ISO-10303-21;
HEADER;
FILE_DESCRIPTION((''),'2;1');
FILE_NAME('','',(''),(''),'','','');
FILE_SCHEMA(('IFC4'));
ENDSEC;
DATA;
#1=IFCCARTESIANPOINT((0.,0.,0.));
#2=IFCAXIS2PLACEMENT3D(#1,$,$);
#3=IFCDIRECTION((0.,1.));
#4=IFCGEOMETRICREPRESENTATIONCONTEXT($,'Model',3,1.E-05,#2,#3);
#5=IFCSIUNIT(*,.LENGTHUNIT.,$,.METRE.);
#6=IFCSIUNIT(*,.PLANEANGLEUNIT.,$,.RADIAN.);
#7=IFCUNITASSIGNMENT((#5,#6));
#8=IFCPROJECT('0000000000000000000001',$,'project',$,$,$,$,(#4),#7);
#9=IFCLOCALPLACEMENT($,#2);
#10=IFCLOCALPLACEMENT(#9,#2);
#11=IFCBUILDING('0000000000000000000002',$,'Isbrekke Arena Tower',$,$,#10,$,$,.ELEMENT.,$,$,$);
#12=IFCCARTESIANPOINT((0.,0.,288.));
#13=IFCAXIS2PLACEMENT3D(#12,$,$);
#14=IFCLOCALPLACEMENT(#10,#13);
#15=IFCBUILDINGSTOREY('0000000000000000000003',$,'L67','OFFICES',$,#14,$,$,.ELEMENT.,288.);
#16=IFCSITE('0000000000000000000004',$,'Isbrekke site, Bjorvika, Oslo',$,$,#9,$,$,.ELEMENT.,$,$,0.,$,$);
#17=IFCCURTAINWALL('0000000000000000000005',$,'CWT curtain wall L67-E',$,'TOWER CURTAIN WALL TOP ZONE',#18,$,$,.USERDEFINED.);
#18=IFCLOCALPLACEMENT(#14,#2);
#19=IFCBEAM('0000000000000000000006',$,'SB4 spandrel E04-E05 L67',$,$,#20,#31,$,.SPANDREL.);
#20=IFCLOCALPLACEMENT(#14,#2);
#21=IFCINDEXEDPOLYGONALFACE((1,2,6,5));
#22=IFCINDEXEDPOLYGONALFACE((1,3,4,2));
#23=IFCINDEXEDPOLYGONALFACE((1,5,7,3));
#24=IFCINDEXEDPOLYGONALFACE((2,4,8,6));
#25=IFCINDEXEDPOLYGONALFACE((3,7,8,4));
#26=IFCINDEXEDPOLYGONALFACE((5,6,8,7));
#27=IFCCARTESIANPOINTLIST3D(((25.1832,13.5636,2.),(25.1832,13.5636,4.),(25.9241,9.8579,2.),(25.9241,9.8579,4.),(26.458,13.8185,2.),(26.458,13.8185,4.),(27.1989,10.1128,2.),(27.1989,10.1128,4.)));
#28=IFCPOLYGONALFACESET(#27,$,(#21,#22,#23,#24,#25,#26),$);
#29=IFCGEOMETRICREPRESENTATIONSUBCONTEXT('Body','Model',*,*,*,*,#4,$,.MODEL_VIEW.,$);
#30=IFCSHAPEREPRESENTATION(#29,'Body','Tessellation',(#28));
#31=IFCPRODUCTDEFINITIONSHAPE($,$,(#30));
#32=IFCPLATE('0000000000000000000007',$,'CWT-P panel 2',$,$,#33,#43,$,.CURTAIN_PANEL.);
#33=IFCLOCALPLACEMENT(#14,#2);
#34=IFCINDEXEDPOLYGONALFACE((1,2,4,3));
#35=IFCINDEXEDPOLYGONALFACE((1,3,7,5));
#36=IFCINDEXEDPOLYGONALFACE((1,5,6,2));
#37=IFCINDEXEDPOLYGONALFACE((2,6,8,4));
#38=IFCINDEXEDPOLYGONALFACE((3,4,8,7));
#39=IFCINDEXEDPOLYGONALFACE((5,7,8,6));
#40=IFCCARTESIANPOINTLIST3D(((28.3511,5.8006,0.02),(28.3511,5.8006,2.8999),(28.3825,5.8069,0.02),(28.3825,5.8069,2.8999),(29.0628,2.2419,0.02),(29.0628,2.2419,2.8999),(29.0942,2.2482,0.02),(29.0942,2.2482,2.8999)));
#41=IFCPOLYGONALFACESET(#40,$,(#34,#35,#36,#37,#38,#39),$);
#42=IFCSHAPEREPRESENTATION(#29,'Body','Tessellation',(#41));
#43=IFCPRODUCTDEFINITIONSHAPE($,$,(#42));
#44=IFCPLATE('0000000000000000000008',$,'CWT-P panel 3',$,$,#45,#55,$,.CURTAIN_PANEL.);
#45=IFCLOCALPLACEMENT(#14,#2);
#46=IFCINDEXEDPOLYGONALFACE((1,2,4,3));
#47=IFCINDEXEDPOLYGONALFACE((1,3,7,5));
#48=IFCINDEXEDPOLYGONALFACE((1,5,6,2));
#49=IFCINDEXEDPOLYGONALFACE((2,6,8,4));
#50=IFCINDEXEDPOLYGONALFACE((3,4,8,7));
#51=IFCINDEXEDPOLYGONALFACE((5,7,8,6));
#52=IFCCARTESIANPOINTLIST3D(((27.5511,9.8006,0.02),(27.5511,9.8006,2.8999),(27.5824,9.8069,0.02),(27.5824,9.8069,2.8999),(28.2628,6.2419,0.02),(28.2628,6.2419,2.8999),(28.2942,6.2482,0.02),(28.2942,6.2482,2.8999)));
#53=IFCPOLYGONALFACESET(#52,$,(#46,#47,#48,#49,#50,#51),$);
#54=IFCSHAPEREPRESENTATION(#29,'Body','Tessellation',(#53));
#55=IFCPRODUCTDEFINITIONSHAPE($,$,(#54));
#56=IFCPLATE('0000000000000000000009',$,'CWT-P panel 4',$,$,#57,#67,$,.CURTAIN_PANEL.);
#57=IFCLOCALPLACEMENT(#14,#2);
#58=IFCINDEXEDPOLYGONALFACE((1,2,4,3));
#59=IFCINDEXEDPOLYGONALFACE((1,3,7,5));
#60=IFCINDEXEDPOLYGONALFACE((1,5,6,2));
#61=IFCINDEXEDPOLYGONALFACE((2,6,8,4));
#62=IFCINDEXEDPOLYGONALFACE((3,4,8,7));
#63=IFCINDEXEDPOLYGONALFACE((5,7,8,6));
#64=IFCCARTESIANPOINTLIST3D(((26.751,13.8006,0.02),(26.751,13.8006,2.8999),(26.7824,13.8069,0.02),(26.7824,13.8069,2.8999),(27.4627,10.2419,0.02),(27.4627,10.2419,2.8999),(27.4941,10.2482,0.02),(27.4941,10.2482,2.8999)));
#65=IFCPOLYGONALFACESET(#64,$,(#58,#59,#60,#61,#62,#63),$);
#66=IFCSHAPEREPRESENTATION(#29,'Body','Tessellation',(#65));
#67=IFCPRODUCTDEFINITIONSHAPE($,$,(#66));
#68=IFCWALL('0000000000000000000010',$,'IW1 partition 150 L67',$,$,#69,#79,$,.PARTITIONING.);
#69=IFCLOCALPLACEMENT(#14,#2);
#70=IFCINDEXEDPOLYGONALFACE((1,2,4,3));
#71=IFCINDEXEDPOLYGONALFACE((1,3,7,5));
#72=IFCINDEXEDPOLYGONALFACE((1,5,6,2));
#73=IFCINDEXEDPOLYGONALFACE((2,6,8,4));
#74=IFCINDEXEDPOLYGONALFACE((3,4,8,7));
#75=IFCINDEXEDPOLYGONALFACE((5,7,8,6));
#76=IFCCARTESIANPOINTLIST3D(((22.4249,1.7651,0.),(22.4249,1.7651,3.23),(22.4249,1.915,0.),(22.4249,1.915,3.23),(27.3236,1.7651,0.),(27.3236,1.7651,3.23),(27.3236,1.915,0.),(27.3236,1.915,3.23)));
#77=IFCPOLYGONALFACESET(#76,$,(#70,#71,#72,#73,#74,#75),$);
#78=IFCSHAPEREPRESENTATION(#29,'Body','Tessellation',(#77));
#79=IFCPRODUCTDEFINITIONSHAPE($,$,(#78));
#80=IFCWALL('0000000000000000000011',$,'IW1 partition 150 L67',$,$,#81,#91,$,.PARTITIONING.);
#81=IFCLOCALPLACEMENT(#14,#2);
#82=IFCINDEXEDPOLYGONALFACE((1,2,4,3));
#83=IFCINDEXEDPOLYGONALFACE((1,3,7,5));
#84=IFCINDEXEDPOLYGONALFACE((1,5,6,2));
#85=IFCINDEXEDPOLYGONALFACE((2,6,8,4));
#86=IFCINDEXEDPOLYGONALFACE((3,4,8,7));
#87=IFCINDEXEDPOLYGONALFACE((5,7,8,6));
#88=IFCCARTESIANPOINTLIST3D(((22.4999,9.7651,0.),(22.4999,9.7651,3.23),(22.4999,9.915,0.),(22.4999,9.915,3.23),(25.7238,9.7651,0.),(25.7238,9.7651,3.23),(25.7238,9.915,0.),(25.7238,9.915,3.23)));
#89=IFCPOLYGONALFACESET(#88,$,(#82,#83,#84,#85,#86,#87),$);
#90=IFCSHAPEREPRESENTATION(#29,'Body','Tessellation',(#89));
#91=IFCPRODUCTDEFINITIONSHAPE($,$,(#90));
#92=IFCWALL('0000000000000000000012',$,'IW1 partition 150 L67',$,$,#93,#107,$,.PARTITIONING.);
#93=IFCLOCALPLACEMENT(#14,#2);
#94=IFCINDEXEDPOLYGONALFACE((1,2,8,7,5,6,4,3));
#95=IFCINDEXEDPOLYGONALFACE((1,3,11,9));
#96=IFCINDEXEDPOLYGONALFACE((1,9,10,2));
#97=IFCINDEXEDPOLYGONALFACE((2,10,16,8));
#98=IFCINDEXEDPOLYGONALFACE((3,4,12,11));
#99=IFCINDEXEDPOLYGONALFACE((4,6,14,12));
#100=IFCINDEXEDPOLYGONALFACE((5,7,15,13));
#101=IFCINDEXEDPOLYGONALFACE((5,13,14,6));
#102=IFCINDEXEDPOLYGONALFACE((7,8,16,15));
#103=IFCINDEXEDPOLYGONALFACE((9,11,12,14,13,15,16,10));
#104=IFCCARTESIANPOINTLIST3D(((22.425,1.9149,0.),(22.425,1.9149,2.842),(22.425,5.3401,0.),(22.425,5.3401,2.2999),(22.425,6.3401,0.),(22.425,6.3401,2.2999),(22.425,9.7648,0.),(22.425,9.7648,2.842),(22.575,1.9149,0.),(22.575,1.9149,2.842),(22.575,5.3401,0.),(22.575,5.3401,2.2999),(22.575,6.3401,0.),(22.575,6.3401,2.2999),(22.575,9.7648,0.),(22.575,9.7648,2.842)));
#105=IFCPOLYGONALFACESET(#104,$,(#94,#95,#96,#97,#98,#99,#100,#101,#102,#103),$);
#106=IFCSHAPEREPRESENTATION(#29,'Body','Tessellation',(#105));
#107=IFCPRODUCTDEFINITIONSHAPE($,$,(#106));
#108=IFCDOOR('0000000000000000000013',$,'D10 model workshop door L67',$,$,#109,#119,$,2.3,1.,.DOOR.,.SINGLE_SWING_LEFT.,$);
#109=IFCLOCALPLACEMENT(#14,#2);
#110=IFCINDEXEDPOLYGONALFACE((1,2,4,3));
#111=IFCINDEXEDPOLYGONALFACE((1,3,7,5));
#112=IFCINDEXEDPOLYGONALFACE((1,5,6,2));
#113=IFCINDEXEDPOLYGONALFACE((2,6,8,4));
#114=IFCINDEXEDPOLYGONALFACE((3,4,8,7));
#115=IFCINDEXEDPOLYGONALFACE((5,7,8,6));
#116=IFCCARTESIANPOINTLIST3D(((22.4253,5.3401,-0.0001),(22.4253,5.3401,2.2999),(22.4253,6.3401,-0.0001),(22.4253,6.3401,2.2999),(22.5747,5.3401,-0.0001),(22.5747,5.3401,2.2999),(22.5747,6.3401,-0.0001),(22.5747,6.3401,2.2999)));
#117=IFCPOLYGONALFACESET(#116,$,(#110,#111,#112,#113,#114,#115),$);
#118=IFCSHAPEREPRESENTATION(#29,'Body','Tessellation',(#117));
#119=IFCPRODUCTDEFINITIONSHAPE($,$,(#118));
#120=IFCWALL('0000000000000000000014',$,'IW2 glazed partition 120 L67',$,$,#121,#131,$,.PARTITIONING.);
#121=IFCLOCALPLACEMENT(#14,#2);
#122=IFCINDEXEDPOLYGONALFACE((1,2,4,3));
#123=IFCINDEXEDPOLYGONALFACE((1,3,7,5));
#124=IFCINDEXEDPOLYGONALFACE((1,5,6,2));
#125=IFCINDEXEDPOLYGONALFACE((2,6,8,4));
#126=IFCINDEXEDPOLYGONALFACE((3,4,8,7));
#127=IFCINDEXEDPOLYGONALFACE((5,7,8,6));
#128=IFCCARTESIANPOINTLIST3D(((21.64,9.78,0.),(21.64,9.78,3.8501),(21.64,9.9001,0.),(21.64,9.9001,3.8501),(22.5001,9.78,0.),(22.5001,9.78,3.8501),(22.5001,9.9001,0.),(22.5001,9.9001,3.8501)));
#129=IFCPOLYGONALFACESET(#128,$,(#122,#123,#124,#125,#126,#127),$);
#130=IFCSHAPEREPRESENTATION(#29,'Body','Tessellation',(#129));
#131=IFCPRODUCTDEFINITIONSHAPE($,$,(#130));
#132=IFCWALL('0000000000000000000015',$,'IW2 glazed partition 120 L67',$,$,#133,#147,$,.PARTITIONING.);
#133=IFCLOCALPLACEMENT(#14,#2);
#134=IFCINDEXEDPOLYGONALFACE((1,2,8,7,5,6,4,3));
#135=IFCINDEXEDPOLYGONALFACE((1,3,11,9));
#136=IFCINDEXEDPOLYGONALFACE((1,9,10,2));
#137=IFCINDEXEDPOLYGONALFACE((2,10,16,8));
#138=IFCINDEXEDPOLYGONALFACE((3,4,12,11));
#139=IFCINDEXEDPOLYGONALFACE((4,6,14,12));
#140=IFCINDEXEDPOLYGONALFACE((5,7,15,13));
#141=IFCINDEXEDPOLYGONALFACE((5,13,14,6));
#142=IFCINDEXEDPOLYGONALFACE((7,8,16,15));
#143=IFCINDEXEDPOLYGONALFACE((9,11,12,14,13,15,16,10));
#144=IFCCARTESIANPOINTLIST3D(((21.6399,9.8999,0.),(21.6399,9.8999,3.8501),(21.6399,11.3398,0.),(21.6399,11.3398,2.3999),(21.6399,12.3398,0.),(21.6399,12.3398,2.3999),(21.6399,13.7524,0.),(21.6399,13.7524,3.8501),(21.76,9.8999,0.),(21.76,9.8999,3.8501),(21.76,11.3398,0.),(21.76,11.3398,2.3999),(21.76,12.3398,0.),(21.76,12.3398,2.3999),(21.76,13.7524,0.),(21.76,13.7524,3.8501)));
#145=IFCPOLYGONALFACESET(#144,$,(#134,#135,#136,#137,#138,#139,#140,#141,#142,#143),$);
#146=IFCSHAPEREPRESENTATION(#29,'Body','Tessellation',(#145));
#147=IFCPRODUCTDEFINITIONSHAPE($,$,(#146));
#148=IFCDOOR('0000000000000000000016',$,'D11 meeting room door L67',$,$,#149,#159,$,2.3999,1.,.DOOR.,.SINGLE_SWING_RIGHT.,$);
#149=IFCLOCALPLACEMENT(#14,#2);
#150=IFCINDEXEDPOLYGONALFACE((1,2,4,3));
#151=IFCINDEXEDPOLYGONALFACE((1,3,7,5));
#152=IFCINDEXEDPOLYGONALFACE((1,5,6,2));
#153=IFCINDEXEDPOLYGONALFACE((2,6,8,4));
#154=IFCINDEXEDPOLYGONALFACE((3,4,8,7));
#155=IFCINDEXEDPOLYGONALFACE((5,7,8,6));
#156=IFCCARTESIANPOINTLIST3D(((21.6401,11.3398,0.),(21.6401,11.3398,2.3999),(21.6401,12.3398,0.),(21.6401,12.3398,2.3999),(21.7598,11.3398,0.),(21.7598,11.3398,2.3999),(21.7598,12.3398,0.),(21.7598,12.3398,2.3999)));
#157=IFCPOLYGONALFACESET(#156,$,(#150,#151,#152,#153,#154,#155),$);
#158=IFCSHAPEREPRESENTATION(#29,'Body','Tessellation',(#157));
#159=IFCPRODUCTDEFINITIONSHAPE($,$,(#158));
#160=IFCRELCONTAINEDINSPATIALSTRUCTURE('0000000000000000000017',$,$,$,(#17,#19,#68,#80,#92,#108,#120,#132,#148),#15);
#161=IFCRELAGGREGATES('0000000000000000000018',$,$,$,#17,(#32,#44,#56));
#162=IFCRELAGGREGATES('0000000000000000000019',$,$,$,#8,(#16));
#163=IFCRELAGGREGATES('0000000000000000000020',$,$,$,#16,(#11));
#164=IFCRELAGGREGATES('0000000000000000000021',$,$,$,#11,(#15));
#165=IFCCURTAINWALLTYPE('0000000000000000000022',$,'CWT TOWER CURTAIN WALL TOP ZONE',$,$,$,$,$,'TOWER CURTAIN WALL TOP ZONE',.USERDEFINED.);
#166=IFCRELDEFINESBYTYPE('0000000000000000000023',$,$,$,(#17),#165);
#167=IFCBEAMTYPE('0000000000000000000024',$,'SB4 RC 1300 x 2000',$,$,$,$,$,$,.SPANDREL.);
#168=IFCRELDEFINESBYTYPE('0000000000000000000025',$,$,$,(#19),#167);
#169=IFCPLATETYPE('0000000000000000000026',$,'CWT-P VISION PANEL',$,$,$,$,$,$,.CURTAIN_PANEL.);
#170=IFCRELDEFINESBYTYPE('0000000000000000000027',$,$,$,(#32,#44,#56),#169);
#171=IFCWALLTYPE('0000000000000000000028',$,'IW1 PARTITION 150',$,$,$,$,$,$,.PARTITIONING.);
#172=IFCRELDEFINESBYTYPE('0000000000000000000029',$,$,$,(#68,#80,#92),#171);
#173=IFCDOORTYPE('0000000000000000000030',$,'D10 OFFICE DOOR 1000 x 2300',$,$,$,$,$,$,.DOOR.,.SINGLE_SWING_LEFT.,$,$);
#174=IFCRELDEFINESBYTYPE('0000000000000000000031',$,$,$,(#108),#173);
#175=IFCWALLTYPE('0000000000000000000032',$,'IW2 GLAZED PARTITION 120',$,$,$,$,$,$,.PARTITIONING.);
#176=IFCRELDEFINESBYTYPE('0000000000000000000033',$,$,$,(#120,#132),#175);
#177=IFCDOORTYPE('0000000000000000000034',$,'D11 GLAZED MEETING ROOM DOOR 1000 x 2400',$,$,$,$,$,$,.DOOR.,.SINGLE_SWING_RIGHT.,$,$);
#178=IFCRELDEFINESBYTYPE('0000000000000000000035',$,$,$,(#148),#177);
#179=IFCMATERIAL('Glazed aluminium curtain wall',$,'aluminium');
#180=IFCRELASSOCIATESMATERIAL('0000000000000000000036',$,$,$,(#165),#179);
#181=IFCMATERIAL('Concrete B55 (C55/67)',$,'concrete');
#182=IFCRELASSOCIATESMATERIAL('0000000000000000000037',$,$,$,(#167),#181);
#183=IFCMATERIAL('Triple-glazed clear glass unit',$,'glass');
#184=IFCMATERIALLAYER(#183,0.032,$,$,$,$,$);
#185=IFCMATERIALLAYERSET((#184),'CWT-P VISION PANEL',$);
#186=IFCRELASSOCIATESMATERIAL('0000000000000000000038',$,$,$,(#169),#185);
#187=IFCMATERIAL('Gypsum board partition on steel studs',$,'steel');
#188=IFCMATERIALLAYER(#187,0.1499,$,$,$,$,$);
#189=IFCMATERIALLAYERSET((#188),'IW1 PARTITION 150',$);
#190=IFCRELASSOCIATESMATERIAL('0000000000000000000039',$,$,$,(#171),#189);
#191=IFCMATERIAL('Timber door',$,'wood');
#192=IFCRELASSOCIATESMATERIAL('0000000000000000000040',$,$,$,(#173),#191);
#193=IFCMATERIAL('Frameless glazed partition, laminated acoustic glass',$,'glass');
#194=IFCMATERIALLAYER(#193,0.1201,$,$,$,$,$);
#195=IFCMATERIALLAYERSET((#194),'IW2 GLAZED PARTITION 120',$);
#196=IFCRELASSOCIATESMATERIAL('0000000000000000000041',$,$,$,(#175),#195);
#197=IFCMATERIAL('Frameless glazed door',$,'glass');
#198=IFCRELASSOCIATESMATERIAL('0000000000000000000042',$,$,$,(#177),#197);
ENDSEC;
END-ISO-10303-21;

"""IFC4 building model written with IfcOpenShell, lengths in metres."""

from ifc_helpers import new_model, si_unit, direction, frame, frame_2d, origin, origin_2d, place, context, subcontext, project, spatial, rectangle, extrude, material, layer, layer_set, material_profile, profile_set, type_object, element, fill, aggregate, save


model = new_model("IFC4")

# Units and contexts
model_context = context("Model", 3, precision=1e-05, world=origin(), true_north=direction((0.0, 1.0)))
body_context = subcontext(model_context, "Body", "Model", "MODEL_VIEW")
ifc_project = project(units=[si_unit("LENGTHUNIT", "METRE"), si_unit("PLANEANGLEUNIT", "RADIAN")], contexts=[model_context])

# Site, building, storey
site_placement = place(None, origin())
site = spatial("IfcSite", under=ifc_project, at=site_placement, Name="Isbrekke site, Bjorvika, Oslo", CompositionType="ELEMENT", RefElevation=0.0)
building_placement = place(site_placement, origin())
building = spatial("IfcBuilding", under=site, at=building_placement, Name="Isbrekke Arena Tower", CompositionType="ELEMENT")
storey_placement = place(building_placement, frame((0.0, 0.0, 288.0)))
storey = spatial("IfcBuildingStorey", under=building, at=storey_placement, Name="L67", Description="OFFICES", CompositionType="ELEMENT", Elevation=288.0)

# Curtain wall
ifc_material_1 = material(Name="Glazed aluminium curtain wall", Category="aluminium")
curtain_wall_type = type_object("IfcCurtainWallType", Name="CWT TOWER CURTAIN WALL TOP ZONE", ElementType="TOWER CURTAIN WALL TOP ZONE", PredefinedType="USERDEFINED", material=ifc_material_1)
curtain_wall_placement = place(storey_placement, origin())
curtain_wall = element("IfcCurtainWall", 1, at=curtain_wall_placement, inside=storey, type_object=curtain_wall_type, Name="CWT curtain wall L67-E", ObjectType="TOWER CURTAIN WALL TOP ZONE", PredefinedType="USERDEFINED")

# Beam
ifc_material_2 = material(Name="Concrete B55 (C55/67)", Category="concrete")
ifc_material_profile_1 = material_profile(ifc_material_2, rectangle(XDim=1.3, YDim=2.0, at=origin_2d()), Name="RC 1300x2000")
ifc_profile_set_1 = profile_set([ifc_material_profile_1], Name="Concrete B55 (C55/67)")
beam_type_1 = type_object("IfcBeamType", Name="SB4 RC 1300 x 2000", PredefinedType="SPANDREL", material=ifc_profile_set_1)
beam_1_placement = place(storey_placement, frame((26.5615, 9.9854, 3.0), z_axis=(-0.196066, 0.980591, 0.0), x_axis=(-0.980591, -0.196066, 0.0)))
element("IfcBeam", 2, at=beam_1_placement, inside=storey, type_object=beam_type_1, Name="SB4 spandrel E04-E05 L67", PredefinedType="SPANDREL", context=body_context, shape_type="SweptSolid", body=[
    extrude(rectangle(XDim=1.3, YDim=2.0, at=origin_2d()), origin(), (0.0, 0.0, 1.0), 3.7791),
])

# Plates
ifc_material_3 = material(Name="Triple-glazed clear glass unit", Category="glass")
ifc_layer_1 = layer(ifc_material_3, 0.032)
ifc_layer_set_1 = layer_set([ifc_layer_1], Name="CWT-P VISION PANEL")
plate_type = type_object("IfcPlateType", Name="CWT-P VISION PANEL", PredefinedType="CURTAIN_PANEL", material=ifc_layer_set_1)
plate_1_placement = place(storey_placement, frame((28.7227, 4.0244, 0.02), z_axis=(0.0, 0.0, 1.0), x_axis=(-0.196116, 0.980581, 0.0)))
plate_1 = element("IfcPlate", 3, at=plate_1_placement, type_object=plate_type, Name="CWT-P panel 2", PredefinedType="CURTAIN_PANEL", context=body_context, shape_type="SweptSolid", body=[
    extrude(rectangle(XDim=3.6292, YDim=0.032, at=origin_2d()), origin(), (0.0, 0.0, 1.0), 2.8799),
])
plate_2_placement = place(storey_placement, frame((27.9226, 8.0244, 0.02), z_axis=(0.0, 0.0, 1.0), x_axis=(-0.196116, 0.980581, 0.0)))
plate_2 = element("IfcPlate", 4, at=plate_2_placement, type_object=plate_type, Name="CWT-P panel 3", PredefinedType="CURTAIN_PANEL", context=body_context, shape_type="SweptSolid", body=[
    extrude(rectangle(XDim=3.6292, YDim=0.032, at=origin_2d()), origin(), (0.0, 0.0, 1.0), 2.8799),
])
plate_3_placement = place(storey_placement, frame((27.1226, 12.0244, 0.02), z_axis=(0.0, 0.0, 1.0), x_axis=(-0.196116, 0.980581, 0.0)))
plate_3 = element("IfcPlate", 5, at=plate_3_placement, type_object=plate_type, Name="CWT-P panel 4", PredefinedType="CURTAIN_PANEL", context=body_context, shape_type="SweptSolid", body=[
    extrude(rectangle(XDim=3.6292, YDim=0.032, at=origin_2d()), origin(), (0.0, 0.0, 1.0), 2.8799),
])
aggregate(curtain_wall, [plate_1, plate_2, plate_3])

# Walls
ifc_material_4 = material(Name="Gypsum board partition on steel studs", Category="steel")
ifc_layer_2 = layer(ifc_material_4, 0.1499)
ifc_layer_set_2 = layer_set([ifc_layer_2], Name="IW1 PARTITION 150")
wall_type_1 = type_object("IfcWallType", Name="IW1 PARTITION 150", PredefinedType="PARTITIONING", material=ifc_layer_set_2)
wall_1_placement = place(storey_placement, frame((22.425, 1.8401, 0.0), z_axis=(0.0, 0.0, 1.0), x_axis=(1.0, 0.0, 0.0)))
element("IfcWall", 6, at=wall_1_placement, inside=storey, type_object=wall_type_1, Name="IW1 partition 150 L67", PredefinedType="PARTITIONING", context=body_context, shape_type="SweptSolid", body=[
    extrude(rectangle(XDim=4.8987, YDim=0.1499, at=frame_2d((2.4492, 0.0))), origin(), (0.0, 0.0, 1.0), 3.23),
])
wall_2_placement = place(storey_placement, frame((22.5, 9.8401, 0.0), z_axis=(0.0, 0.0, 1.0), x_axis=(1.0, 0.0, 0.0)))
element("IfcWall", 7, at=wall_2_placement, inside=storey, type_object=wall_type_1, Name="IW1 partition 150 L67", PredefinedType="PARTITIONING", context=body_context, shape_type="SweptSolid", body=[
    extrude(rectangle(XDim=3.2239, YDim=0.1499, at=frame_2d((1.6118, 0.0))), origin(), (0.0, 0.0, 1.0), 3.23),
])

# Wall, opening, door
wall_3_placement = place(storey_placement, frame((22.5, 1.915, 0.0), z_axis=(0.0, 0.0, 1.0), x_axis=(0.0, 1.0, 0.0)))
wall_3 = element("IfcWall", 8, at=wall_3_placement, inside=storey, type_object=wall_type_1, Name="IW1 partition 150 L67", PredefinedType="PARTITIONING", context=body_context, shape_type="SweptSolid", body=[
    extrude(rectangle(XDim=7.8499, YDim=0.1499, at=frame_2d((3.9248, 0.0))), origin(), (0.0, 0.0, 1.0), 2.842),
])
opening_1_placement = place(wall_3_placement, frame((3.425, 0.0, 0.0)))
opening_1 = element("IfcOpeningElement", 9, at=opening_1_placement, cuts=wall_3, PredefinedType="OPENING", context=body_context, shape_type="SweptSolid", body=[
    extrude(rectangle(XDim=1.0, YDim=2.3, at=frame_2d((0.5, 1.1499))), frame((0.0, 0.0898, 0.0), z_axis=(0.0, -1.0, 0.0), x_axis=(1.0, 0.0, 0.0)), (0.0, 0.0, 1.0), 0.1797),
])
ifc_material_5 = material(Name="Timber door", Category="wood")
door_type_1 = type_object("IfcDoorType", Name="D10 OFFICE DOOR 1000 x 2300", OperationType="SINGLE_SWING_LEFT", PredefinedType="DOOR", material=ifc_material_5)
door_1_placement = place(opening_1_placement, origin())
door_1 = element("IfcDoor", 10, at=door_1_placement, inside=storey, type_object=door_type_1, Name="D10 model workshop door L67", OperationType="SINGLE_SWING_LEFT", OverallHeight=2.3, OverallWidth=1.0, PredefinedType="DOOR", context=body_context, shape_type="SweptSolid", body=[
    extrude(rectangle(XDim=1.0, YDim=2.3, at=frame_2d((0.5, 1.1499))), frame((0.0, 0.0747, 0.0), z_axis=(0.0, -1.0, 0.0), x_axis=(1.0, 0.0, 0.0)), (0.0, 0.0, 1.0), 0.1494),
])
fill(opening_1, door_1)

# Wall
ifc_material_6 = material(Name="Frameless glazed partition, laminated acoustic glass", Category="glass")
ifc_layer_3 = layer(ifc_material_6, 0.1201)
ifc_layer_set_3 = layer_set([ifc_layer_3], Name="IW2 GLAZED PARTITION 120")
wall_type_2 = type_object("IfcWallType", Name="IW2 GLAZED PARTITION 120", PredefinedType="PARTITIONING", material=ifc_layer_set_3)
wall_4_placement = place(storey_placement, frame((21.6399, 9.8401, 0.0), z_axis=(0.0, 0.0, 1.0), x_axis=(1.0, 0.0, 0.0)))
element("IfcWall", 11, at=wall_4_placement, inside=storey, type_object=wall_type_2, Name="IW2 glazed partition 120 L67", PredefinedType="PARTITIONING", context=body_context, shape_type="SweptSolid", body=[
    extrude(rectangle(XDim=0.8601, YDim=0.1201, at=frame_2d((0.4302, 0.0))), origin(), (0.0, 0.0, 1.0), 3.8501),
])

# Wall, opening, door
wall_5_placement = place(storey_placement, frame((21.7, 9.8999, 0.0), z_axis=(0.0, 0.0, 1.0), x_axis=(0.0, 1.0, 0.0)))
wall_5 = element("IfcWall", 12, at=wall_5_placement, inside=storey, type_object=wall_type_2, Name="IW2 glazed partition 120 L67", PredefinedType="PARTITIONING", context=body_context, shape_type="SweptSolid", body=[
    extrude(rectangle(XDim=3.8525, YDim=0.1201, at=frame_2d((1.9263, 0.0))), origin(), (0.0, 0.0, 1.0), 3.8501),
])
opening_2_placement = place(wall_5_placement, frame((1.4399, 0.0, 0.0)))
opening_2 = element("IfcOpeningElement", 13, at=opening_2_placement, cuts=wall_5, PredefinedType="OPENING", context=body_context, shape_type="SweptSolid", body=[
    extrude(rectangle(XDim=1.0, YDim=2.3999, at=frame_2d((0.5, 1.2))), frame((0.0, 0.075, 0.0), z_axis=(0.0, -1.0, 0.0), x_axis=(1.0, 0.0, 0.0)), (0.0, 0.0, 1.0), 0.1499),
])
ifc_material_7 = material(Name="Frameless glazed door", Category="glass")
door_type_2 = type_object("IfcDoorType", Name="D11 GLAZED MEETING ROOM DOOR 1000 x 2400", OperationType="SINGLE_SWING_RIGHT", PredefinedType="DOOR", material=ifc_material_7)
door_2_placement = place(opening_2_placement, origin())
door_2 = element("IfcDoor", 14, at=door_2_placement, inside=storey, type_object=door_type_2, Name="D11 meeting room door L67", OperationType="SINGLE_SWING_RIGHT", OverallHeight=2.3999, OverallWidth=1.0, PredefinedType="DOOR", context=body_context, shape_type="SweptSolid", body=[
    extrude(rectangle(XDim=1.0, YDim=2.3999, at=frame_2d((0.5, 1.2))), frame((0.0, 0.0598, 0.0), z_axis=(0.0, -1.0, 0.0), x_axis=(1.0, 0.0, 0.0)), (0.0, 0.0, 1.0), 0.1196),
])
fill(opening_2, door_2)

save(model, "model.ifc")
